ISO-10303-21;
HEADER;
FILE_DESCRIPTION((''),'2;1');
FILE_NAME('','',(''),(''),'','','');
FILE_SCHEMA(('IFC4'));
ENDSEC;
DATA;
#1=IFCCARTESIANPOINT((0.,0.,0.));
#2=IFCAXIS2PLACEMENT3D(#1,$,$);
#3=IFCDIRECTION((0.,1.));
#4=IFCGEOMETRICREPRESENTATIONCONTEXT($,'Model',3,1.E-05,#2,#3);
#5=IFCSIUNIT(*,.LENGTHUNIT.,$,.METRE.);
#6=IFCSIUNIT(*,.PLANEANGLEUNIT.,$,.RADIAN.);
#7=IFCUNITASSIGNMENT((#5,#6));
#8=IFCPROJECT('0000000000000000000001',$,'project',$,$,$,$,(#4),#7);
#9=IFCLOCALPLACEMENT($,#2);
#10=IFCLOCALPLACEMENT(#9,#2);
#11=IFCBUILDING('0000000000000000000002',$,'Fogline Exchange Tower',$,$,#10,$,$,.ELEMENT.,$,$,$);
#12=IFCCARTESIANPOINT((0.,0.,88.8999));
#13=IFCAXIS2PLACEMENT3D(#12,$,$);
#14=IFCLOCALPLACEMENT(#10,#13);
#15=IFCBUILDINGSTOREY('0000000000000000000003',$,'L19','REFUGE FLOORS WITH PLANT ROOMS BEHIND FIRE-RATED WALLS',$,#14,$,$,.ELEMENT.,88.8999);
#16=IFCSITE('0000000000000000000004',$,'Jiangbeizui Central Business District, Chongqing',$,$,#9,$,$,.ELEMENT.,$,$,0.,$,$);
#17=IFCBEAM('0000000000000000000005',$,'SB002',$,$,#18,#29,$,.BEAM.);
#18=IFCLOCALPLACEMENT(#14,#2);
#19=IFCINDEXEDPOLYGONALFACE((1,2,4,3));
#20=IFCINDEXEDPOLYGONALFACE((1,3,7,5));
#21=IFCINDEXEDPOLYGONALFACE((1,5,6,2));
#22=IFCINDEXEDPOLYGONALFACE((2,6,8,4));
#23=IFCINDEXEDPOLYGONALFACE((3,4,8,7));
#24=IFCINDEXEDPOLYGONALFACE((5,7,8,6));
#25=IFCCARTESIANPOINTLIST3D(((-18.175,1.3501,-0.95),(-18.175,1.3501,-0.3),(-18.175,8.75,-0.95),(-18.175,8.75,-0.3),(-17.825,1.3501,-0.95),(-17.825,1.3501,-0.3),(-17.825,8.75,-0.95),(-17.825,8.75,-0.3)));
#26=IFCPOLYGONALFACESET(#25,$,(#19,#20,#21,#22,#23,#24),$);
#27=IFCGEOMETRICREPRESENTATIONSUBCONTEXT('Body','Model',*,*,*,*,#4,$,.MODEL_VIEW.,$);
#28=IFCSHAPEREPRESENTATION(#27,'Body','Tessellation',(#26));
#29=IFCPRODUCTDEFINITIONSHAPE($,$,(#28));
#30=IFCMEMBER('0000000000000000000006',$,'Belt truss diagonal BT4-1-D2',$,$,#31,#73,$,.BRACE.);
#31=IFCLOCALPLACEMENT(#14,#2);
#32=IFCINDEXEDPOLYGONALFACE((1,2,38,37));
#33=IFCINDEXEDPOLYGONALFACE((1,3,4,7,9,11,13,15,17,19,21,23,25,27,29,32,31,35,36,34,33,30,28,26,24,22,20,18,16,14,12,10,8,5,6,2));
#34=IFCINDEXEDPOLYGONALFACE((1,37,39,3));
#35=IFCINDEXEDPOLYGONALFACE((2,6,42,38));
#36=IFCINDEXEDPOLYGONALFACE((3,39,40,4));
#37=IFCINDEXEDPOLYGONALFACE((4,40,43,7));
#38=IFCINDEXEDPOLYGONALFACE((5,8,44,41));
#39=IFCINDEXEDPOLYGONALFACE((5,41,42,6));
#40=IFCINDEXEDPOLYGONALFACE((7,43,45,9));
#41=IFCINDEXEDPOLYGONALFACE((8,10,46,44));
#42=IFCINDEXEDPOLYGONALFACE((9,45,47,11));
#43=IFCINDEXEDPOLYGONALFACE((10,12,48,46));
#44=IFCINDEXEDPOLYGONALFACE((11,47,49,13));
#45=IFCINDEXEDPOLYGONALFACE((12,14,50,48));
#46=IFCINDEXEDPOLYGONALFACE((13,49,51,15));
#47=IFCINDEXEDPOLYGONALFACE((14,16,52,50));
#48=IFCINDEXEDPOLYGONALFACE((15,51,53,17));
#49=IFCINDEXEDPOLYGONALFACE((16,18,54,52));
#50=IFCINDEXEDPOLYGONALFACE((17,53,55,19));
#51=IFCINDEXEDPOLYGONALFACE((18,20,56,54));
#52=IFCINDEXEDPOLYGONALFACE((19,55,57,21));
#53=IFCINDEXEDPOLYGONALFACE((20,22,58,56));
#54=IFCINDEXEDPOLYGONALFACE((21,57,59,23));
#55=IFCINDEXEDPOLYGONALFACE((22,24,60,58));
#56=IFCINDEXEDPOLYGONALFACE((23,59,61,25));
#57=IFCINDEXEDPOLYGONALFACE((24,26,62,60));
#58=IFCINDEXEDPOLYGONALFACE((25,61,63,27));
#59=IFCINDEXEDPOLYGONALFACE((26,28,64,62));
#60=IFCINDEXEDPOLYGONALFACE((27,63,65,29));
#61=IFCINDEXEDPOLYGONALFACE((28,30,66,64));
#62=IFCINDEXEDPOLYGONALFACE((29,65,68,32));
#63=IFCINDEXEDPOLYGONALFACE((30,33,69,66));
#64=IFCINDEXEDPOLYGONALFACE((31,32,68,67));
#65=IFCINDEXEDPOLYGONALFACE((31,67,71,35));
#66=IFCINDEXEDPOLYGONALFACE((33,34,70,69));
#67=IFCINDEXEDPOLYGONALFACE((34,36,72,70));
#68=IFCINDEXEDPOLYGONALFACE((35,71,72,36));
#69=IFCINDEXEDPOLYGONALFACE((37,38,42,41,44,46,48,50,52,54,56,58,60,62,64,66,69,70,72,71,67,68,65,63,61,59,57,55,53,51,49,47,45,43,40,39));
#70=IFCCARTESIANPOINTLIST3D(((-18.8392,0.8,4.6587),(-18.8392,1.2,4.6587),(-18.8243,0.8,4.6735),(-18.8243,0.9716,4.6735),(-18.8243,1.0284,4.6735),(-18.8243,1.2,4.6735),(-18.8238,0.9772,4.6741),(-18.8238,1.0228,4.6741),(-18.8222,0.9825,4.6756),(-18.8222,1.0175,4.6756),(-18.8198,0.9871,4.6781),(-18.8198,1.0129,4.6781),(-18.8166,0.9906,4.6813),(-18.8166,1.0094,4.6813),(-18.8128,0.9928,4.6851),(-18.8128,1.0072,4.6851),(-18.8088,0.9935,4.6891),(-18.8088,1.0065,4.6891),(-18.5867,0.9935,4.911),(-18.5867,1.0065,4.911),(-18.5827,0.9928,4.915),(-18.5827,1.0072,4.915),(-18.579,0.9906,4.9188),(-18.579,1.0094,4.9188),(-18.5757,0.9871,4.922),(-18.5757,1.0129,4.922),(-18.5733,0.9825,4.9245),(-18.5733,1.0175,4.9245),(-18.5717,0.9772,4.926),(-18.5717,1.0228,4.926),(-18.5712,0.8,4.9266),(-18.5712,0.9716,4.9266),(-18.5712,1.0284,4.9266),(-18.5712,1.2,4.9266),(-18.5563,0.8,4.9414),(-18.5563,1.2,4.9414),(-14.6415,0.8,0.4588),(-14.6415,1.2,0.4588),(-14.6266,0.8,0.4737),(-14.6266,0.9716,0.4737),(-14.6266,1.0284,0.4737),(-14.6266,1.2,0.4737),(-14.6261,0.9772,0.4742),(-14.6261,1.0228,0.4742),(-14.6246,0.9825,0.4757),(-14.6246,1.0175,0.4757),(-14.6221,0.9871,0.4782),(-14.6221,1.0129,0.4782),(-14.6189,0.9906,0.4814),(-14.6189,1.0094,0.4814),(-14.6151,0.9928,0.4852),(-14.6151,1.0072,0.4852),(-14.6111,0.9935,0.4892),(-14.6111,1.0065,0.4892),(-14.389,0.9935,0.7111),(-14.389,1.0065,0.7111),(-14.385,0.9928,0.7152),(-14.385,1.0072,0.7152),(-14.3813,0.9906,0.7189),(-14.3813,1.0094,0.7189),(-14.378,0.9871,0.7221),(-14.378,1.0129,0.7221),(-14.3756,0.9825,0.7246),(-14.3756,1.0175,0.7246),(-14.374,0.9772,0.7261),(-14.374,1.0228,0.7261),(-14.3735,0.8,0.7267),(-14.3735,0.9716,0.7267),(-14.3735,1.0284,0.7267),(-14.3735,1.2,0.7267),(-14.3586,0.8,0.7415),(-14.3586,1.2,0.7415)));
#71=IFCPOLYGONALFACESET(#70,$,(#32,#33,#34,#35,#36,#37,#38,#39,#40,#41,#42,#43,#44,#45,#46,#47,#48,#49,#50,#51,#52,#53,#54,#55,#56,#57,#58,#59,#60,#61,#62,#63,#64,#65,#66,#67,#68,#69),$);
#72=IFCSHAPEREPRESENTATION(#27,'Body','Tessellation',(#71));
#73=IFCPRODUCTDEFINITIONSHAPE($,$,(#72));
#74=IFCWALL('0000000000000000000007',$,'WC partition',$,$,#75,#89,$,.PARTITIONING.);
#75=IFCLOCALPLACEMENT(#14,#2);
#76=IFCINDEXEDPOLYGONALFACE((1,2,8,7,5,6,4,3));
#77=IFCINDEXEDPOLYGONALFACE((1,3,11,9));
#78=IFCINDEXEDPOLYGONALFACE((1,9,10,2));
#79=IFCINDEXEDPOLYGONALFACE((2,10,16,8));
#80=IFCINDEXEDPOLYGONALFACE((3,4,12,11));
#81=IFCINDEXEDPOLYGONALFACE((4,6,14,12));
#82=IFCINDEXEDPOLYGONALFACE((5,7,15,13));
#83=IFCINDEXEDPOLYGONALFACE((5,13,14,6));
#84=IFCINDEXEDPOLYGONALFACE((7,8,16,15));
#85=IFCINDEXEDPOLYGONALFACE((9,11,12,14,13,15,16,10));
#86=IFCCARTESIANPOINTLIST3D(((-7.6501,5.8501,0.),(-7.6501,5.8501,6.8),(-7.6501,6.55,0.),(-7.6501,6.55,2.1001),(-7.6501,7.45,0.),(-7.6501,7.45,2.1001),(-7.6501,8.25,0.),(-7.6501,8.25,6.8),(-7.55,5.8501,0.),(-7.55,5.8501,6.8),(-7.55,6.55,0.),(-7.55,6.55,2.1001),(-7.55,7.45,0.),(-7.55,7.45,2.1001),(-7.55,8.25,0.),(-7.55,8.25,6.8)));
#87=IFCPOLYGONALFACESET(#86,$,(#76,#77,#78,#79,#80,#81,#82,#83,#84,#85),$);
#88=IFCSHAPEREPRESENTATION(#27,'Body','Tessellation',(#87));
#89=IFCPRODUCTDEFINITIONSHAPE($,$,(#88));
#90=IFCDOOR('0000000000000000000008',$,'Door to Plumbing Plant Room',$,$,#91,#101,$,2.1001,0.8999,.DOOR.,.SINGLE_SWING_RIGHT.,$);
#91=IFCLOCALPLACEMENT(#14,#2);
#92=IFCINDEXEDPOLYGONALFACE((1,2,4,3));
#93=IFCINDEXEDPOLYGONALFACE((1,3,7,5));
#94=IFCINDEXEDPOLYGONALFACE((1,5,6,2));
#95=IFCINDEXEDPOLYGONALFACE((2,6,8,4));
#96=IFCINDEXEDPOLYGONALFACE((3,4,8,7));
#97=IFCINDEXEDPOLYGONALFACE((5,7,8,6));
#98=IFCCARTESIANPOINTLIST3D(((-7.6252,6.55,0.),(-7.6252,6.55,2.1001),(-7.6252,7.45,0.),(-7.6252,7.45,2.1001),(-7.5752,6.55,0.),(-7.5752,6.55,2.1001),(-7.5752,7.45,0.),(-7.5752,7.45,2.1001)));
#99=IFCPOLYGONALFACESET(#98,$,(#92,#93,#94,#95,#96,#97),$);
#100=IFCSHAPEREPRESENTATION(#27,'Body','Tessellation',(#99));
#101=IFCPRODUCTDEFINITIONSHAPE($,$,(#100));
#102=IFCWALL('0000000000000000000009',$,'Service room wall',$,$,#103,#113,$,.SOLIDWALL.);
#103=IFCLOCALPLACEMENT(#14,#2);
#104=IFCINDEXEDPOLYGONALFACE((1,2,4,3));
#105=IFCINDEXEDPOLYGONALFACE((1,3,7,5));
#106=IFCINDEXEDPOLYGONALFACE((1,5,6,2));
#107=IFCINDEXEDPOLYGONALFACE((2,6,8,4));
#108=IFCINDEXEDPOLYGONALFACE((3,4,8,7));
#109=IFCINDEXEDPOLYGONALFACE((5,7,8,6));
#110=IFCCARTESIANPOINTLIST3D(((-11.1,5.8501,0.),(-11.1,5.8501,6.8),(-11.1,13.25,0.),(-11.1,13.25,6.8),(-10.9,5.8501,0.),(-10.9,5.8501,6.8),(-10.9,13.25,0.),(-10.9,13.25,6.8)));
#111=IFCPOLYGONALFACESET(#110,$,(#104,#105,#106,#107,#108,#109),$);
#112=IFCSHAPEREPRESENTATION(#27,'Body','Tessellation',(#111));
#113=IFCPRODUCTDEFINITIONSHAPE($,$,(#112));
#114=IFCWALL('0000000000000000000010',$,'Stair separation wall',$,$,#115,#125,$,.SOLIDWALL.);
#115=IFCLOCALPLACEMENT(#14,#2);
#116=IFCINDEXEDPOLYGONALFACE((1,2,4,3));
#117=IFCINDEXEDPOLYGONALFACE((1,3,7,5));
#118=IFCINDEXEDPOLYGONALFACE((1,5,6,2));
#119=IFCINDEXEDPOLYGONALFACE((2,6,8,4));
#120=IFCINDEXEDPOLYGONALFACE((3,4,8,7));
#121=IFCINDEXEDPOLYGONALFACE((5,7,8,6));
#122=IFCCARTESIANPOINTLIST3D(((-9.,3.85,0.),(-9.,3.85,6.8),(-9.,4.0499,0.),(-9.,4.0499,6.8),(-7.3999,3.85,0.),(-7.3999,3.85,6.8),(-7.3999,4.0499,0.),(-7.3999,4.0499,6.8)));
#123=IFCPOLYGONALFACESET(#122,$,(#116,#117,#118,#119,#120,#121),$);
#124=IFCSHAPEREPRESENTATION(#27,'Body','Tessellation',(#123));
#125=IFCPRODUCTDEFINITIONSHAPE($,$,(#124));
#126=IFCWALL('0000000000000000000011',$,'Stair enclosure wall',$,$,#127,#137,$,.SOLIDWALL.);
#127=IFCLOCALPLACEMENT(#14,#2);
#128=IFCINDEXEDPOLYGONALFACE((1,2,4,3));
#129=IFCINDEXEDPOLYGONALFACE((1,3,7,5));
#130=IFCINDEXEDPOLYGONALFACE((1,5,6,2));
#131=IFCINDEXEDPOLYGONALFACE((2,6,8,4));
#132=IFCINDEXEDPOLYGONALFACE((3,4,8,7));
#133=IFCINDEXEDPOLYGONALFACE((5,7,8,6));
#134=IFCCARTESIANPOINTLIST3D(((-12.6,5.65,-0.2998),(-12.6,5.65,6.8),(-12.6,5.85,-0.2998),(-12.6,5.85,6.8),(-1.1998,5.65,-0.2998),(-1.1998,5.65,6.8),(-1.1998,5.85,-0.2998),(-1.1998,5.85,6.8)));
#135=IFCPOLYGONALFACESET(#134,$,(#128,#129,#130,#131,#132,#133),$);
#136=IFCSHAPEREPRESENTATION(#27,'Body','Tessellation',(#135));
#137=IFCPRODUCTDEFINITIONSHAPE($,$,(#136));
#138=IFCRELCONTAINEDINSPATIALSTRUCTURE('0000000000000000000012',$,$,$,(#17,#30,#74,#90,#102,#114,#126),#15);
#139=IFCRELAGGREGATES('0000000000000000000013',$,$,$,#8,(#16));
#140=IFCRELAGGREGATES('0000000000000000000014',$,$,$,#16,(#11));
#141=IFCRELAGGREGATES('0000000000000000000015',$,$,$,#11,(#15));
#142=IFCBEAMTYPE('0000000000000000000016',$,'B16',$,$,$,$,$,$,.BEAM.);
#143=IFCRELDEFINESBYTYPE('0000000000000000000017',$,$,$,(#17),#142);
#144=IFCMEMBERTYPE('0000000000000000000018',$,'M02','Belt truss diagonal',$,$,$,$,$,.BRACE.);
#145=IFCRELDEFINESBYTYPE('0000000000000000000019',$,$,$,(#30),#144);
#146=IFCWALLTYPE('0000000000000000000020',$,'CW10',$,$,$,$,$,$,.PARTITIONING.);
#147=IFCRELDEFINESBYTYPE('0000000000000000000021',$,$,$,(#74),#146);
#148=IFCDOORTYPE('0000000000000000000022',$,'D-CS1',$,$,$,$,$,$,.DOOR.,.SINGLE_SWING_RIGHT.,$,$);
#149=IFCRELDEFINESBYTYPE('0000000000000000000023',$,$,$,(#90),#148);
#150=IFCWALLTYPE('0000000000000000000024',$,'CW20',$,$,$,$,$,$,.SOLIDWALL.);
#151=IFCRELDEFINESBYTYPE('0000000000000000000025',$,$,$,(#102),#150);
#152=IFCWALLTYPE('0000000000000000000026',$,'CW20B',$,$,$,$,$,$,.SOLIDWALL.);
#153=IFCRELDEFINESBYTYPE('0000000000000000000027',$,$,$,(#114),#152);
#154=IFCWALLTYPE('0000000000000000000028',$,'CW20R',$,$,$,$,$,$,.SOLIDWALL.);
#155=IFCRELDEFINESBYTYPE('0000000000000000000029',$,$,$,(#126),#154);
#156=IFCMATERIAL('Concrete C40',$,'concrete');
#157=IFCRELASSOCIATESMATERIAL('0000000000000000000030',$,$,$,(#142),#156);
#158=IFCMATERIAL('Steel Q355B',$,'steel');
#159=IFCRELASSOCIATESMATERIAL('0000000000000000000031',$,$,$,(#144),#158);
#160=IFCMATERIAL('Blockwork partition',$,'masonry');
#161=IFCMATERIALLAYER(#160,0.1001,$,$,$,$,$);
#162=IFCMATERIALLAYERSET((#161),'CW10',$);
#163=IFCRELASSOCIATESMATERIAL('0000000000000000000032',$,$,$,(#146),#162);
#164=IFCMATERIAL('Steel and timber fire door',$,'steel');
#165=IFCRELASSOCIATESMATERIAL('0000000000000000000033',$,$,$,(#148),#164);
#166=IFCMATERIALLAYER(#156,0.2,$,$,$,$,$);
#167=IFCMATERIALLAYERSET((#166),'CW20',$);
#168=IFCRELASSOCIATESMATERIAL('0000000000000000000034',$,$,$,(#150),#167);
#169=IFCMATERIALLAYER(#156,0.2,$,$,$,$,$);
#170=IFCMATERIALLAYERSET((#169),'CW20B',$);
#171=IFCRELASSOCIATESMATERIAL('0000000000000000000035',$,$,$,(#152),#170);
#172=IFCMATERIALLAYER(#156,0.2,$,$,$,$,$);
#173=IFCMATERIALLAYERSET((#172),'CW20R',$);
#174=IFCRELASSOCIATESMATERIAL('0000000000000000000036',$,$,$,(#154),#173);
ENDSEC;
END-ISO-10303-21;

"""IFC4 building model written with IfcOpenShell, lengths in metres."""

from ifc_helpers import new_model, si_unit, direction, frame, frame_2d, origin, origin_2d, place, context, subcontext, project, spatial, rectangle, i_section, extrude, material, layer, layer_set, material_profile, profile_set, type_object, element, fill, save


model = new_model("IFC4")

# Units and contexts
model_context = context("Model", 3, precision=1e-05, world=origin(), true_north=direction((0.0, 1.0)))
body_context = subcontext(model_context, "Body", "Model", "MODEL_VIEW")
ifc_project = project(units=[si_unit("LENGTHUNIT", "METRE"), si_unit("PLANEANGLEUNIT", "RADIAN")], contexts=[model_context])

# Site, building, storey
site_placement = place(None, origin())
site = spatial("IfcSite", under=ifc_project, at=site_placement, Name="Jiangbeizui Central Business District, Chongqing", CompositionType="ELEMENT", RefElevation=0.0)
building_placement = place(site_placement, origin())
building = spatial("IfcBuilding", under=site, at=building_placement, Name="Fogline Exchange Tower", CompositionType="ELEMENT")
storey_placement = place(building_placement, frame((0.0, 0.0, 88.8999)))
storey = spatial("IfcBuildingStorey", under=building, at=storey_placement, Name="L19", Description="REFUGE FLOORS WITH PLANT ROOMS BEHIND FIRE-RATED WALLS", CompositionType="ELEMENT", Elevation=88.8999)

# Beam
ifc_material_1 = material(Name="Concrete C40", Category="concrete")
ifc_material_profile_1 = material_profile(ifc_material_1, rectangle(XDim=0.3501, YDim=0.6499, at=origin_2d()), Name="RC 350x650")
ifc_profile_set_1 = profile_set([ifc_material_profile_1], Name="Concrete C40")
beam_type = type_object("IfcBeamType", Name="B16", PredefinedType="BEAM", material=ifc_profile_set_1)
beam_placement = place(storey_placement, frame((-18.0, 1.3501, -0.625), z_axis=(0.0, 1.0, 0.0), x_axis=(-1.0, 0.0, 0.0)))
element("IfcBeam", 1, at=beam_placement, inside=storey, type_object=beam_type, Name="SB002", PredefinedType="BEAM", context=body_context, shape_type="SweptSolid", body=[
    extrude(rectangle(XDim=0.3501, YDim=0.6499, at=origin_2d()), origin(), (0.0, 0.0, 1.0), 7.3999),
])

# Member
ifc_material_2 = material(Name="Steel Q355B", Category="steel")
ifc_material_profile_2 = material_profile(ifc_material_2, i_section(OverallWidth=0.3999, OverallDepth=0.3999, WebThickness=0.0129, FlangeThickness=0.021, FilletRadius=0.022, at=origin_2d()), Name="HW400X400X13X21")
ifc_profile_set_2 = profile_set([ifc_material_profile_2], Name="Steel Q355B")
member_type = type_object("IfcMemberType", Name="M02", Description="Belt truss diagonal", PredefinedType="BRACE", material=ifc_profile_set_2)
member_placement = place(storey_placement, frame((-18.6978, 1.0, 4.8), z_axis=(0.706922, 0.0, -0.707292), x_axis=(0.0, 1.0, 0.0)))
element("IfcMember", 2, at=member_placement, inside=storey, type_object=member_type, Name="Belt truss diagonal BT4-1-D2", PredefinedType="BRACE", context=body_context, shape_type="SweptSolid", body=[
    extrude(i_section(OverallWidth=0.3999, OverallDepth=0.3999, WebThickness=0.0129, FlangeThickness=0.021, FilletRadius=0.022, at=origin_2d()), origin(), (0.0, 0.0, 1.0), 5.938),
])

# Wall, opening, door
ifc_material_3 = material(Name="Blockwork partition", Category="masonry")
ifc_layer_1 = layer(ifc_material_3, 0.1001)
ifc_layer_set_1 = layer_set([ifc_layer_1], Name="CW10")
wall_type_1 = type_object("IfcWallType", Name="CW10", PredefinedType="PARTITIONING", material=ifc_layer_set_1)
wall_1_placement = place(storey_placement, frame((-7.6001, 5.8501, 0.0), z_axis=(0.0, 0.0, 1.0), x_axis=(0.0, 1.0, 0.0)))
wall_1 = element("IfcWall", 3, at=wall_1_placement, inside=storey, type_object=wall_type_1, Name="WC partition", PredefinedType="PARTITIONING", context=body_context, shape_type="SweptSolid", body=[
    extrude(rectangle(XDim=2.3999, YDim=0.1001, at=frame_2d((1.2, 0.0))), origin(), (0.0, 0.0, 1.0), 6.8),
])
opening_1_placement = place(wall_1_placement, frame((0.7, 0.0, 0.0)))
opening_1 = element("IfcOpeningElement", 4, at=opening_1_placement, cuts=wall_1, PredefinedType="OPENING", context=body_context, shape_type="SweptSolid", body=[
    extrude(rectangle(XDim=0.8999, YDim=2.1001, at=frame_2d((0.45, 1.05))), frame((0.0, 0.0601, 0.0), z_axis=(0.0, -1.0, 0.0), x_axis=(1.0, 0.0, 0.0)), (0.0, 0.0, 1.0), 0.1201),
])
ifc_material_4 = material(Name="Steel and timber fire door", Category="steel")
door_type_1 = type_object("IfcDoorType", Name="D-CS1", OperationType="SINGLE_SWING_RIGHT", PredefinedType="DOOR", material=ifc_material_4)
door_1_placement = place(opening_1_placement, frame((0.8999, 0.0, 0.0), z_axis=(0.0, 0.0, 1.0), x_axis=(-1.0, 0.0, 0.0)))
door_1 = element("IfcDoor", 5, at=door_1_placement, inside=storey, type_object=door_type_1, Name="Door to Plumbing Plant Room", OperationType="SINGLE_SWING_RIGHT", OverallHeight=2.1001, OverallWidth=0.8999, PredefinedType="DOOR", context=body_context, shape_type="SweptSolid", body=[
    extrude(rectangle(XDim=0.8999, YDim=2.1001, at=frame_2d((0.45, 1.05))), frame((0.0, 0.0249, 0.0), z_axis=(0.0, -1.0, 0.0), x_axis=(1.0, 0.0, 0.0)), (0.0, 0.0, 1.0), 0.05),
])
fill(opening_1, door_1)

# Walls
ifc_layer_2 = layer(ifc_material_1, 0.2)
ifc_layer_set_2 = layer_set([ifc_layer_2], Name="CW20")
wall_type_2 = type_object("IfcWallType", Name="CW20", PredefinedType="SOLIDWALL", material=ifc_layer_set_2)
wall_2_placement = place(storey_placement, frame((-11.0, 5.8501, 0.0), z_axis=(0.0, 0.0, 1.0), x_axis=(0.0, 1.0, 0.0)))
element("IfcWall", 6, at=wall_2_placement, inside=storey, type_object=wall_type_2, Name="Service room wall", PredefinedType="SOLIDWALL", context=body_context, shape_type="SweptSolid", body=[
    extrude(rectangle(XDim=7.3999, YDim=0.2, at=frame_2d((3.7, 0.0))), origin(), (0.0, 0.0, 1.0), 6.8),
])
ifc_layer_3 = layer(ifc_material_1, 0.2)
ifc_layer_set_3 = layer_set([ifc_layer_3], Name="CW20B")
wall_type_3 = type_object("IfcWallType", Name="CW20B", PredefinedType="SOLIDWALL", material=ifc_layer_set_3)
wall_3_placement = place(storey_placement, frame((-9.0, 3.95, 0.0), z_axis=(0.0, 0.0, 1.0), x_axis=(1.0, 0.0, 0.0)))
element("IfcWall", 7, at=wall_3_placement, inside=storey, type_object=wall_type_3, Name="Stair separation wall", PredefinedType="SOLIDWALL", context=body_context, shape_type="SweptSolid", body=[
    extrude(rectangle(XDim=1.6001, YDim=0.2, at=frame_2d((0.8, 0.0))), origin(), (0.0, 0.0, 1.0), 6.8),
])
ifc_layer_4 = layer(ifc_material_1, 0.2)
ifc_layer_set_4 = layer_set([ifc_layer_4], Name="CW20R")
wall_type_4 = type_object("IfcWallType", Name="CW20R", PredefinedType="SOLIDWALL", material=ifc_layer_set_4)
wall_4_placement = place(storey_placement, frame((-12.6001, 5.75, -0.2998), z_axis=(0.0, 0.0, 1.0), x_axis=(1.0, 0.0, 0.0)))
element("IfcWall", 8, at=wall_4_placement, inside=storey, type_object=wall_type_4, Name="Stair enclosure wall", PredefinedType="SOLIDWALL", context=body_context, shape_type="SweptSolid", body=[
    extrude(rectangle(XDim=11.4001, YDim=0.2, at=frame_2d((5.7002, 0.0))), origin(), (0.0, 0.0, 1.0), 7.0999),
])

save(model, "model.ifc")
